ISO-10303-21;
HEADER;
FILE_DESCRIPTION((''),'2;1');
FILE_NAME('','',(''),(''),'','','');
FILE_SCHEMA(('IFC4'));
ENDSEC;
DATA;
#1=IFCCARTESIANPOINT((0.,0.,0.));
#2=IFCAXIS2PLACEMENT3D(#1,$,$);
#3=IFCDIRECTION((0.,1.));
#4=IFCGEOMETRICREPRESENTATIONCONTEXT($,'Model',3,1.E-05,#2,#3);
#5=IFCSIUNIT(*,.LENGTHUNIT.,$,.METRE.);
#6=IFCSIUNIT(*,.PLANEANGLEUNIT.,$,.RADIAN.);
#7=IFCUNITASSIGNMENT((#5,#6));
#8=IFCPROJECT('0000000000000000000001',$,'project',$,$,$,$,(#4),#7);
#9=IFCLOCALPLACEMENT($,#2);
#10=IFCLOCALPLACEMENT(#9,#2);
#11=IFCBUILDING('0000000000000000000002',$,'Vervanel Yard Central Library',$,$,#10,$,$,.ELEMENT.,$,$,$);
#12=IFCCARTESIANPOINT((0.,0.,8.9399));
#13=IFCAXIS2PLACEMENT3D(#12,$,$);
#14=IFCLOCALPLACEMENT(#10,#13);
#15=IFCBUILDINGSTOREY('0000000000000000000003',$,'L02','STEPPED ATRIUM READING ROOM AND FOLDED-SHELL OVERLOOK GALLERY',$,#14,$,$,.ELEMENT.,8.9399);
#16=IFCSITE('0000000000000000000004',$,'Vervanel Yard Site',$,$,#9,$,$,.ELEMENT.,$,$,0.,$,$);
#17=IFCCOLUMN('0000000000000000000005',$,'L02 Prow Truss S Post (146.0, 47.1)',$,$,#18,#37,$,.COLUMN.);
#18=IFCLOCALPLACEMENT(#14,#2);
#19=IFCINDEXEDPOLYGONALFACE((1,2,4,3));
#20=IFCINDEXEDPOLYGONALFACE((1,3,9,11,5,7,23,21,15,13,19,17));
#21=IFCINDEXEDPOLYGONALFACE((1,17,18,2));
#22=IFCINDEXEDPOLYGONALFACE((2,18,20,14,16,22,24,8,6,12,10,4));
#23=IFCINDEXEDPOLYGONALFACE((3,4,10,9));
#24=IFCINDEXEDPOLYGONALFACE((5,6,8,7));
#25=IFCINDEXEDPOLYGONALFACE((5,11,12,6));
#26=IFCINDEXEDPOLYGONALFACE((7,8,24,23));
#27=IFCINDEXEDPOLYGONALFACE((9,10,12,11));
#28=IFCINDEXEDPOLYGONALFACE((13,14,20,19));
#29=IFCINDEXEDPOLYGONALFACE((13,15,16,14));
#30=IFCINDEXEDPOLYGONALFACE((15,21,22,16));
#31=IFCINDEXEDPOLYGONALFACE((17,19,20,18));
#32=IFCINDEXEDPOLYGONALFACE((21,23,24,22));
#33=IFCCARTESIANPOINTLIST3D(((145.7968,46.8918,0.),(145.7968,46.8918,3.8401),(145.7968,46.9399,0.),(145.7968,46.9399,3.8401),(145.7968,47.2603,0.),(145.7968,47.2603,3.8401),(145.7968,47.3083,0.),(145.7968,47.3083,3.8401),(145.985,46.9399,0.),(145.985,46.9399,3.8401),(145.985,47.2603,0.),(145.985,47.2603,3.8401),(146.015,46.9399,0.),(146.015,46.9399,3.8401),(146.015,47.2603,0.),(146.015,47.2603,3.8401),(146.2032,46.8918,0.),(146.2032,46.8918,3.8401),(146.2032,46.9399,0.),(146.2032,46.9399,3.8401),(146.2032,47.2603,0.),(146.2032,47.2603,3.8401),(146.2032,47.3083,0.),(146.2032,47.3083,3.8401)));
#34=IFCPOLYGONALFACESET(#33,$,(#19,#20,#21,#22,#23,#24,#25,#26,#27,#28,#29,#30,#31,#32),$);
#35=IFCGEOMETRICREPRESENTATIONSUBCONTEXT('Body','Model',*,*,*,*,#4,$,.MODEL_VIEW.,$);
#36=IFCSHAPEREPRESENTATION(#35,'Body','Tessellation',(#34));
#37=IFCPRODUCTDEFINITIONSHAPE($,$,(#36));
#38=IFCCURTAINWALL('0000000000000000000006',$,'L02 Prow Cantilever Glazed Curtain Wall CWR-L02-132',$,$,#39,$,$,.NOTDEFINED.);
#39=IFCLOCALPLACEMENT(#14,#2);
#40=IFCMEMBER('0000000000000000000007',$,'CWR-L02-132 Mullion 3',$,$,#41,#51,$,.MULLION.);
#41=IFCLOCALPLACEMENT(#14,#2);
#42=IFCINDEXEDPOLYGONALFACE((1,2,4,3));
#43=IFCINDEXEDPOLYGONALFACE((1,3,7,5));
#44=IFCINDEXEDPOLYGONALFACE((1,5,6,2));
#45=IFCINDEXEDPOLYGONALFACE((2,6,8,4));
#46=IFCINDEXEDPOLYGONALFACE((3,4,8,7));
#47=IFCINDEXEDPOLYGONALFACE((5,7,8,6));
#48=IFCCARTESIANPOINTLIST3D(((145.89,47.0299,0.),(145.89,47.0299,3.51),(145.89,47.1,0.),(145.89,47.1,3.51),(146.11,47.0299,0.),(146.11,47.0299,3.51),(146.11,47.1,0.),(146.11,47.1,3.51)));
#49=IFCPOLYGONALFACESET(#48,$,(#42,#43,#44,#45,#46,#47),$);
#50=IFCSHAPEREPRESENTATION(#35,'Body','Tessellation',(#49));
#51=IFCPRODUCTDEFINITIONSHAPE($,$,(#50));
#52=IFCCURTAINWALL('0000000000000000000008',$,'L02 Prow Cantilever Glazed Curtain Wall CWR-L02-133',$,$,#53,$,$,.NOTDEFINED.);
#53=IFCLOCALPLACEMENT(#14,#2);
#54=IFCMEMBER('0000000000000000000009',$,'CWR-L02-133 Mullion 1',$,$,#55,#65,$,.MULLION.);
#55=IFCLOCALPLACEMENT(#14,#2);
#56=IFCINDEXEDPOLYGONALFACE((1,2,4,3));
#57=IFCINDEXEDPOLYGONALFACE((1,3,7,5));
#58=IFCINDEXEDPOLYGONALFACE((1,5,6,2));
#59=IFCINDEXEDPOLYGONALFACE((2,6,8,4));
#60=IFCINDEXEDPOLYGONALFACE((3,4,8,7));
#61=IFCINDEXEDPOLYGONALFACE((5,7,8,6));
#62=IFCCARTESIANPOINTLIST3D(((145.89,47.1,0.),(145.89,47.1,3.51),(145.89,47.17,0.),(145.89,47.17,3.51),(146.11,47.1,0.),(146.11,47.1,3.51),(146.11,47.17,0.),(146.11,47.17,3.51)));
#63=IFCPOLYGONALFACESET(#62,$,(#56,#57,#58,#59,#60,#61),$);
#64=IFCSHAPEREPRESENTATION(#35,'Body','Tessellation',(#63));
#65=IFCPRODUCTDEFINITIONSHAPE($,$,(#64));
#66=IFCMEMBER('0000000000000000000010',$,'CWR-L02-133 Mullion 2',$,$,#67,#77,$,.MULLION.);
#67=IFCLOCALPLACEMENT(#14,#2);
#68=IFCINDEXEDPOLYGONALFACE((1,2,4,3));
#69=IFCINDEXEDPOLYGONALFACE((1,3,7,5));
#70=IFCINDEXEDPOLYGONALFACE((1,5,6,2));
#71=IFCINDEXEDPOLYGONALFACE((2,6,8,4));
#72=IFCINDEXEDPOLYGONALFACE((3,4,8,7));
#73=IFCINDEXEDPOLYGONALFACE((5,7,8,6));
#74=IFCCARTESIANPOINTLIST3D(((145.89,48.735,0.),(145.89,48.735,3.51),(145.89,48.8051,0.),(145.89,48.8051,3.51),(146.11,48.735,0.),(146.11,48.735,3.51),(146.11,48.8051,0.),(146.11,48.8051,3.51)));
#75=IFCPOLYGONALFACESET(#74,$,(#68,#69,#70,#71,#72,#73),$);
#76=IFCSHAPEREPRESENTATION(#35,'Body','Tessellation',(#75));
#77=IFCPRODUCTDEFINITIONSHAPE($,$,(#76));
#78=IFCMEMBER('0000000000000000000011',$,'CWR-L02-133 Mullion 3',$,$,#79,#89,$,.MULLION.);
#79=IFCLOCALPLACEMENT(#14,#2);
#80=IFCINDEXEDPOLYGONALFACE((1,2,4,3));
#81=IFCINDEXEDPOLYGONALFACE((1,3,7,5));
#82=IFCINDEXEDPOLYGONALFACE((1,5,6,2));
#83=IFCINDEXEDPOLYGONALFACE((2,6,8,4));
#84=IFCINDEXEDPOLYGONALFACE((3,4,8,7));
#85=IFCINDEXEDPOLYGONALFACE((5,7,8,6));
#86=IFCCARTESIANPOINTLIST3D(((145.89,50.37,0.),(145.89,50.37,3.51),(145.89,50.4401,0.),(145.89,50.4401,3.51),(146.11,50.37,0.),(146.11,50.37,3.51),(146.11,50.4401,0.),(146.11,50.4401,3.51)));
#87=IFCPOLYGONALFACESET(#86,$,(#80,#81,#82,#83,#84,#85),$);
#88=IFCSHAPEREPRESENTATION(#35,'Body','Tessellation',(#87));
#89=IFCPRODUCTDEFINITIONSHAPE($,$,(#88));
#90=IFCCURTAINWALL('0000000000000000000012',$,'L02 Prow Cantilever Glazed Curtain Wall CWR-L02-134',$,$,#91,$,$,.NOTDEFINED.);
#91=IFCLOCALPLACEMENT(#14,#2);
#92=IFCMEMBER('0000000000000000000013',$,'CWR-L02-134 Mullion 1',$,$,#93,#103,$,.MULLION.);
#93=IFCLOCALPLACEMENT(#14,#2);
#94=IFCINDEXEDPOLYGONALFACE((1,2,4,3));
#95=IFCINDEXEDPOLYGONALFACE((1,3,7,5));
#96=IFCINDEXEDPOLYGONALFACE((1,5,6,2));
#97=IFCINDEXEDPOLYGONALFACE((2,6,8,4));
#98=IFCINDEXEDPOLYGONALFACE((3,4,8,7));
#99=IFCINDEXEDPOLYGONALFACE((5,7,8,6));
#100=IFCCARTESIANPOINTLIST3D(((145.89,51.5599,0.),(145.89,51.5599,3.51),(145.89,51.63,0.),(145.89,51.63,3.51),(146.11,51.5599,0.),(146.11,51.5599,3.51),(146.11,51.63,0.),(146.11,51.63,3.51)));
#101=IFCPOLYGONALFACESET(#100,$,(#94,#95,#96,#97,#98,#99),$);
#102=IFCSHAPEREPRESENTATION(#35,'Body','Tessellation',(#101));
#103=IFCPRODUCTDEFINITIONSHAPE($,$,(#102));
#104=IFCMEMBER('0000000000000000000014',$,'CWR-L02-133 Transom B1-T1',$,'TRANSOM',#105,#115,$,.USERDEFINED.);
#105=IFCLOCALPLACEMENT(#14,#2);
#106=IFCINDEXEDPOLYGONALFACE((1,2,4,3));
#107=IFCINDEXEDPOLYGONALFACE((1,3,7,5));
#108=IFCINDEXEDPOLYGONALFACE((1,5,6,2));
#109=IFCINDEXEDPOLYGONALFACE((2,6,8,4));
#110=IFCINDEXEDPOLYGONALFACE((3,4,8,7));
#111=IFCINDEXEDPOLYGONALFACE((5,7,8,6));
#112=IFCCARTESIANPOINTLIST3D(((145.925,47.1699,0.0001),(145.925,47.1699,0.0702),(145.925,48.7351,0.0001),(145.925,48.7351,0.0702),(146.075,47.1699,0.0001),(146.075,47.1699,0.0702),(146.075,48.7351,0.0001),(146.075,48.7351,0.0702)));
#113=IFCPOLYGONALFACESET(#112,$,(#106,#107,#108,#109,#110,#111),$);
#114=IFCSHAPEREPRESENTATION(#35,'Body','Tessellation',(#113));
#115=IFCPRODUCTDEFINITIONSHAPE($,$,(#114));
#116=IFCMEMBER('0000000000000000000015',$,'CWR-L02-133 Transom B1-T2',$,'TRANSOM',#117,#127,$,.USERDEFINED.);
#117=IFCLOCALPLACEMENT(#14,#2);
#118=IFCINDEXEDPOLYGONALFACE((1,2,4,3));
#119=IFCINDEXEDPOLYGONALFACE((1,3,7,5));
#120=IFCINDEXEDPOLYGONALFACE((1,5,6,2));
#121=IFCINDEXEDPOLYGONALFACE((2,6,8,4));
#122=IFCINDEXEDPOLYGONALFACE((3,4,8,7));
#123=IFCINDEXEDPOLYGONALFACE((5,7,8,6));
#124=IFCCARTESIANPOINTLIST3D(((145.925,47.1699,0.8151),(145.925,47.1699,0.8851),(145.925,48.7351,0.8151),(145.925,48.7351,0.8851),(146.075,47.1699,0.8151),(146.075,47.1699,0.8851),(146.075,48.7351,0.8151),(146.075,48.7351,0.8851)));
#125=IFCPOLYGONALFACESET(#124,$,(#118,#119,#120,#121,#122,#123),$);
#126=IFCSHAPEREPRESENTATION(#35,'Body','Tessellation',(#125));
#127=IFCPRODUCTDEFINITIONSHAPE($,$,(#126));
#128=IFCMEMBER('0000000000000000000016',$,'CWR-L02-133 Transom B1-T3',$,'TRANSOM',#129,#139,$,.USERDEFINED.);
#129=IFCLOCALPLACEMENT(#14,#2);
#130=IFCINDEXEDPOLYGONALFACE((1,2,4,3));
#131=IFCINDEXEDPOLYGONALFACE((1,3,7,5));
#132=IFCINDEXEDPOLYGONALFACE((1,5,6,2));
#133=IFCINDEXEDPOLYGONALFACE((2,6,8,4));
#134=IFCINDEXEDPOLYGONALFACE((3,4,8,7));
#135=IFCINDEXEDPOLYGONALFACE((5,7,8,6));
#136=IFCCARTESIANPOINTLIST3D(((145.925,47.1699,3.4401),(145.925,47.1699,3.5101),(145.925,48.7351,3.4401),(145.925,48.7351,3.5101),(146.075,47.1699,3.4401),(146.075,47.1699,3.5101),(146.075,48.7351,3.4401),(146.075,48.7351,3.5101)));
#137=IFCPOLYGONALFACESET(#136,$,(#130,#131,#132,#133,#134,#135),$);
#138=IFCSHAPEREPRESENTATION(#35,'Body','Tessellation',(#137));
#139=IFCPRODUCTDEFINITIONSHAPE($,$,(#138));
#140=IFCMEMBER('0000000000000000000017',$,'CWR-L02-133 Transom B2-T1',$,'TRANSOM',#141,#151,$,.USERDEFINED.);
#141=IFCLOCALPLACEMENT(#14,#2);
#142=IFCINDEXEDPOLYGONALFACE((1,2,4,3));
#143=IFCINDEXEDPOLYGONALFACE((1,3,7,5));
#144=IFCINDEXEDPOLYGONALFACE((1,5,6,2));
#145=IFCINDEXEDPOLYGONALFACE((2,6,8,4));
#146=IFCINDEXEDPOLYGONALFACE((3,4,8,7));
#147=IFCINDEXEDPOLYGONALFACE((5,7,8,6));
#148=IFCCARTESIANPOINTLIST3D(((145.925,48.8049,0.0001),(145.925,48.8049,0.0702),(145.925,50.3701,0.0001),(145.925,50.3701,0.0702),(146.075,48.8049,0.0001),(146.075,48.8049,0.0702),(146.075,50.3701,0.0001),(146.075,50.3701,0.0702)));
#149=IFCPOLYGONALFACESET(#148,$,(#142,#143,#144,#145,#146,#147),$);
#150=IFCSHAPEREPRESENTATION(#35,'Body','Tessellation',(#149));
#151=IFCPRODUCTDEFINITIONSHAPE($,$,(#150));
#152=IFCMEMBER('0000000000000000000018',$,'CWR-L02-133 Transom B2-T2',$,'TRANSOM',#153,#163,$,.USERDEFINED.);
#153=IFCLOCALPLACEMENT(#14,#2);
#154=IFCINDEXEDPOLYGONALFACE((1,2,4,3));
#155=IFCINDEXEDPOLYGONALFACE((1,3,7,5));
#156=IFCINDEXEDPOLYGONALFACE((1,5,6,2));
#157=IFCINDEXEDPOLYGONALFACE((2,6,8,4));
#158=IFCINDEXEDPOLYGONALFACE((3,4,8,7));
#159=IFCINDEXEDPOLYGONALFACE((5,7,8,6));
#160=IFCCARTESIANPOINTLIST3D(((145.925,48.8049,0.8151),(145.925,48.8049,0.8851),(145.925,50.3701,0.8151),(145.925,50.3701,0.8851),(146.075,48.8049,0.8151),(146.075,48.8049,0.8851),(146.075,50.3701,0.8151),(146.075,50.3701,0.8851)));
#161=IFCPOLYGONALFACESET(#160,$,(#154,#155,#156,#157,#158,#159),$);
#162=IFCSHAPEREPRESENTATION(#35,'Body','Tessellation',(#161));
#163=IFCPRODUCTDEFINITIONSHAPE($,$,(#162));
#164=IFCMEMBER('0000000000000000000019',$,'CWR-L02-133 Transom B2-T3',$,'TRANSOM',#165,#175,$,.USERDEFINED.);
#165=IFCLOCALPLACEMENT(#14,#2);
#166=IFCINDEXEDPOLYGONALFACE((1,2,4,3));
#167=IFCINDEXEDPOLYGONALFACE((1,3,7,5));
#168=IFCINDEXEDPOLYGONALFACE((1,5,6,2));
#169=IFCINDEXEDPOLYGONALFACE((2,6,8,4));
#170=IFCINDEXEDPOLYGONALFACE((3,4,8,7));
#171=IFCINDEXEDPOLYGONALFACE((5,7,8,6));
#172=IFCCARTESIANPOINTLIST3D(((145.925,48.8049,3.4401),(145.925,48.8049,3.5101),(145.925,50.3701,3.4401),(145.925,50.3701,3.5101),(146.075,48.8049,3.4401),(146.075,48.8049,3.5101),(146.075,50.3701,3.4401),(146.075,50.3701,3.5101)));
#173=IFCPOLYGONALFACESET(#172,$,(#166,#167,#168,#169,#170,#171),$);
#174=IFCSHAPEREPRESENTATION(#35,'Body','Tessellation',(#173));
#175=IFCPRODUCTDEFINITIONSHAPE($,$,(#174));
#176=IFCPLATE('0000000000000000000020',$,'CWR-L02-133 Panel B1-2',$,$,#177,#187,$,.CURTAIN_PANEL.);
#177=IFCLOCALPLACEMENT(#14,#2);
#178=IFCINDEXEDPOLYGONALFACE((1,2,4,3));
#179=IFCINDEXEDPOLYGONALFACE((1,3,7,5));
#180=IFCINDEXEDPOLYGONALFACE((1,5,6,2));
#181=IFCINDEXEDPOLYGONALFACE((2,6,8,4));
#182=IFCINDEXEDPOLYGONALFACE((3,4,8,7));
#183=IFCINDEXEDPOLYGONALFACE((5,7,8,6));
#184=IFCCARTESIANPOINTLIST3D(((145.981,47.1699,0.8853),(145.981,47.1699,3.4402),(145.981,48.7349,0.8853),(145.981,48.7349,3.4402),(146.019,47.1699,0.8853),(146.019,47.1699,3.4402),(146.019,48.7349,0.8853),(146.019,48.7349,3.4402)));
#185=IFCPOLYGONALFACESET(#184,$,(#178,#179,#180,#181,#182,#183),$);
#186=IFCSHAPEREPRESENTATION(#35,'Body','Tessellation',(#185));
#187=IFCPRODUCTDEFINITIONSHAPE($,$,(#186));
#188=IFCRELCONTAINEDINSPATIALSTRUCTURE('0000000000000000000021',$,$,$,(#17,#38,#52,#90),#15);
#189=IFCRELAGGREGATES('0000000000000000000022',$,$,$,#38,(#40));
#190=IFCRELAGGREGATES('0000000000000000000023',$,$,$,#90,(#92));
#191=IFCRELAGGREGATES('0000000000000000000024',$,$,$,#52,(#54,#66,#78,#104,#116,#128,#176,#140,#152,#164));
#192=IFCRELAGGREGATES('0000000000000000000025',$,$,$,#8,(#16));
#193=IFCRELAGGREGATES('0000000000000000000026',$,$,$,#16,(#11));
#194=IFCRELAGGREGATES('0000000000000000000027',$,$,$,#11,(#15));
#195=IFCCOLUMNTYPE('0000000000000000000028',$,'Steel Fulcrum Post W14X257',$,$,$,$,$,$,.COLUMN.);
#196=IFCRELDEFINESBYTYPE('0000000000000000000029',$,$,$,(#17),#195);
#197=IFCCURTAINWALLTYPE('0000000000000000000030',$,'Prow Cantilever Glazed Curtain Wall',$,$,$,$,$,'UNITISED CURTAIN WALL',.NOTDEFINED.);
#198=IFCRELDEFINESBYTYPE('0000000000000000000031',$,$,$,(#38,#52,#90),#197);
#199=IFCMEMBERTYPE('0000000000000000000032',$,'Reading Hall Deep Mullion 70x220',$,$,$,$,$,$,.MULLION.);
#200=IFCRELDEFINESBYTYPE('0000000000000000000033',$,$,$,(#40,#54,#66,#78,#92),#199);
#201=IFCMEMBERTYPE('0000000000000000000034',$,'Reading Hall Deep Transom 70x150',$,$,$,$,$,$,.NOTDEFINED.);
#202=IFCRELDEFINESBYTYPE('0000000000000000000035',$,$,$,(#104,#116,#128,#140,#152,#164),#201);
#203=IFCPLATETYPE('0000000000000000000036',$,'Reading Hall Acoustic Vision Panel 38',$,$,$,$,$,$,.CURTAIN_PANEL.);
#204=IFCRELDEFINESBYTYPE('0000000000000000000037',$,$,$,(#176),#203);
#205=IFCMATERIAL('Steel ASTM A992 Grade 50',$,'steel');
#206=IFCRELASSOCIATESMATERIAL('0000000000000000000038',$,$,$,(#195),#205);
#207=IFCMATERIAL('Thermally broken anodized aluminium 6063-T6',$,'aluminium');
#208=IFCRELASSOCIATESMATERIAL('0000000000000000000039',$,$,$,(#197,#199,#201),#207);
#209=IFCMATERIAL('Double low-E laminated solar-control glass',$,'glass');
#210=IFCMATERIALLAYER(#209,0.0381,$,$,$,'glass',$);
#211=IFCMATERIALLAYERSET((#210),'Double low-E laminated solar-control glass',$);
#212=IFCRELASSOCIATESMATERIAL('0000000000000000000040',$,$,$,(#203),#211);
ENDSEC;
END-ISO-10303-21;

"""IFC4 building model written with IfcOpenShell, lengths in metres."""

from ifc_helpers import new_model, si_unit, direction, frame, origin, origin_2d, place, context, subcontext, project, spatial, rectangle, i_section, extrude, material, layer, layer_set, material_profile, profile_set, type_object, element, aggregate, save


model = new_model("IFC4")

# Units and contexts
model_context = context("Model", 3, precision=1e-05, world=origin(), true_north=direction((0.0, 1.0)))
body_context = subcontext(model_context, "Body", "Model", "MODEL_VIEW")
ifc_project = project(units=[si_unit("LENGTHUNIT", "METRE"), si_unit("PLANEANGLEUNIT", "RADIAN")], contexts=[model_context])

# Site, building, storey
site_placement = place(None, origin())
site = spatial("IfcSite", under=ifc_project, at=site_placement, Name="Vervanel Yard Site", CompositionType="ELEMENT", RefElevation=0.0)
building_placement = place(site_placement, origin())
building = spatial("IfcBuilding", under=site, at=building_placement, Name="Vervanel Yard Central Library", CompositionType="ELEMENT")
storey_placement = place(building_placement, frame((0.0, 0.0, 8.9399)))
storey = spatial("IfcBuildingStorey", under=building, at=storey_placement, Name="L02", Description="STEPPED ATRIUM READING ROOM AND FOLDED-SHELL OVERLOOK GALLERY", CompositionType="ELEMENT", Elevation=8.9399)

# Column
ifc_material_1 = material(Name="Steel ASTM A992 Grade 50", Category="steel")
ifc_material_profile_1 = material_profile(ifc_material_1, i_section(OverallWidth=0.4065, OverallDepth=0.4165, WebThickness=0.03, FlangeThickness=0.0481, at=origin_2d()), Name="W14X257", Category="steel")
ifc_profile_set_1 = profile_set([ifc_material_profile_1], Name="Steel ASTM A992 Grade 50")
column_type = type_object("IfcColumnType", Name="Steel Fulcrum Post W14X257", PredefinedType="COLUMN", material=ifc_profile_set_1)
column_placement = place(storey_placement, frame((146.0, 47.1001, 0.0), z_axis=(0.0, 0.0, 1.0), x_axis=(1.0, 0.0, 0.0)))
element("IfcColumn", 1, at=column_placement, inside=storey, type_object=column_type, Name="L02 Prow Truss S Post (146.0, 47.1)", PredefinedType="COLUMN", context=body_context, shape_type="SweptSolid", body=[
    extrude(i_section(OverallWidth=0.4065, OverallDepth=0.4165, WebThickness=0.03, FlangeThickness=0.0481, at=origin_2d()), origin(), (0.0, 0.0, 1.0), 3.8401),
])

# Curtain wall, member
ifc_material_2 = material(Name="Thermally broken anodized aluminium 6063-T6", Category="aluminium")
curtain_wall_type = type_object("IfcCurtainWallType", Name="Prow Cantilever Glazed Curtain Wall", ElementType="UNITISED CURTAIN WALL", PredefinedType="NOTDEFINED", material=ifc_material_2)
curtain_wall_1_placement = place(storey_placement, origin())
curtain_wall_1 = element("IfcCurtainWall", 2, at=curtain_wall_1_placement, inside=storey, type_object=curtain_wall_type, Name="L02 Prow Cantilever Glazed Curtain Wall CWR-L02-132", PredefinedType="NOTDEFINED")
ifc_material_profile_2 = material_profile(ifc_material_2, rectangle(XDim=0.0701, YDim=0.22, at=origin_2d()), Name="ALU 70x220", Category="aluminium")
ifc_profile_set_2 = profile_set([ifc_material_profile_2], Name="Thermally broken anodized aluminium 6063-T6")
member_type_1 = type_object("IfcMemberType", Name="Reading Hall Deep Mullion 70x220", PredefinedType="MULLION", material=ifc_profile_set_2)
member_1_placement = place(storey_placement, frame((146.0, 47.0649, 0.0), z_axis=(0.0, 0.0, 1.0), x_axis=(0.0, 1.0, 0.0)))
member_1 = element("IfcMember", 3, at=member_1_placement, type_object=member_type_1, Name="CWR-L02-132 Mullion 3", PredefinedType="MULLION", context=body_context, shape_type="SweptSolid", body=[
    extrude(rectangle(XDim=0.0701, YDim=0.22, at=origin_2d()), origin(), (0.0, 0.0, 1.0), 3.51),
])
aggregate(curtain_wall_1, [member_1])

# Curtain wall, members
curtain_wall_2_placement = place(storey_placement, origin())
curtain_wall_2 = element("IfcCurtainWall", 4, at=curtain_wall_2_placement, inside=storey, type_object=curtain_wall_type, Name="L02 Prow Cantilever Glazed Curtain Wall CWR-L02-133", PredefinedType="NOTDEFINED")
member_2_placement = place(storey_placement, frame((146.0, 47.135, 0.0), z_axis=(0.0, 0.0, 1.0), x_axis=(0.0, 1.0, 0.0)))
member_2 = element("IfcMember", 5, at=member_2_placement, type_object=member_type_1, Name="CWR-L02-133 Mullion 1", PredefinedType="MULLION", context=body_context, shape_type="SweptSolid", body=[
    extrude(rectangle(XDim=0.0701, YDim=0.22, at=origin_2d()), origin(), (0.0, 0.0, 1.0), 3.51),
])
member_3_placement = place(storey_placement, frame((146.0, 48.77, 0.0), z_axis=(0.0, 0.0, 1.0), x_axis=(0.0, 1.0, 0.0)))
member_3 = element("IfcMember", 6, at=member_3_placement, type_object=member_type_1, Name="CWR-L02-133 Mullion 2", PredefinedType="MULLION", context=body_context, shape_type="SweptSolid", body=[
    extrude(rectangle(XDim=0.0701, YDim=0.22, at=origin_2d()), origin(), (0.0, 0.0, 1.0), 3.51),
])
member_4_placement = place(storey_placement, frame((146.0, 50.405, 0.0), z_axis=(0.0, 0.0, 1.0), x_axis=(0.0, 1.0, 0.0)))
member_4 = element("IfcMember", 7, at=member_4_placement, type_object=member_type_1, Name="CWR-L02-133 Mullion 3", PredefinedType="MULLION", context=body_context, shape_type="SweptSolid", body=[
    extrude(rectangle(XDim=0.0701, YDim=0.22, at=origin_2d()), origin(), (0.0, 0.0, 1.0), 3.51),
])

# Curtain wall, member
curtain_wall_3_placement = place(storey_placement, origin())
curtain_wall_3 = element("IfcCurtainWall", 8, at=curtain_wall_3_placement, inside=storey, type_object=curtain_wall_type, Name="L02 Prow Cantilever Glazed Curtain Wall CWR-L02-134", PredefinedType="NOTDEFINED")
member_5_placement = place(storey_placement, frame((146.0, 51.595, 0.0), z_axis=(0.0, 0.0, 1.0), x_axis=(0.0, 1.0, 0.0)))
member_5 = element("IfcMember", 9, at=member_5_placement, type_object=member_type_1, Name="CWR-L02-134 Mullion 1", PredefinedType="MULLION", context=body_context, shape_type="SweptSolid", body=[
    extrude(rectangle(XDim=0.0701, YDim=0.22, at=origin_2d()), origin(), (0.0, 0.0, 1.0), 3.51),
])
aggregate(curtain_wall_3, [member_5])

# Members
ifc_material_profile_3 = material_profile(ifc_material_2, rectangle(XDim=0.0701, YDim=0.1499, at=origin_2d()), Name="ALU 70x150", Category="aluminium")
ifc_profile_set_3 = profile_set([ifc_material_profile_3], Name="Thermally broken anodized aluminium 6063-T6")
member_type_2 = type_object("IfcMemberType", Name="Reading Hall Deep Transom 70x150", PredefinedType="NOTDEFINED", material=ifc_profile_set_3)
member_6_placement = place(storey_placement, frame((146.0, 47.1699, 0.0352), z_axis=(0.0, 1.0, 0.0), x_axis=(0.0, 0.0, 1.0)))
member_6 = element("IfcMember", 10, at=member_6_placement, type_object=member_type_2, Name="CWR-L02-133 Transom B1-T1", ObjectType="TRANSOM", PredefinedType="USERDEFINED", context=body_context, shape_type="SweptSolid", body=[
    extrude(rectangle(XDim=0.0701, YDim=0.1499, at=origin_2d()), origin(), (0.0, 0.0, 1.0), 1.5652),
])
member_7_placement = place(storey_placement, frame((146.0, 47.1699, 0.8501), z_axis=(0.0, 1.0, 0.0), x_axis=(0.0, 0.0, 1.0)))
member_7 = element("IfcMember", 11, at=member_7_placement, type_object=member_type_2, Name="CWR-L02-133 Transom B1-T2", ObjectType="TRANSOM", PredefinedType="USERDEFINED", context=body_context, shape_type="SweptSolid", body=[
    extrude(rectangle(XDim=0.0701, YDim=0.1499, at=origin_2d()), origin(), (0.0, 0.0, 1.0), 1.5652),
])
member_8_placement = place(storey_placement, frame((146.0, 47.1699, 3.4751), z_axis=(0.0, 1.0, 0.0), x_axis=(0.0, 0.0, 1.0)))
member_8 = element("IfcMember", 12, at=member_8_placement, type_object=member_type_2, Name="CWR-L02-133 Transom B1-T3", ObjectType="TRANSOM", PredefinedType="USERDEFINED", context=body_context, shape_type="SweptSolid", body=[
    extrude(rectangle(XDim=0.0701, YDim=0.1499, at=origin_2d()), origin(), (0.0, 0.0, 1.0), 1.5652),
])
member_9_placement = place(storey_placement, frame((146.0, 48.8049, 0.0352), z_axis=(0.0, 1.0, 0.0), x_axis=(0.0, 0.0, 1.0)))
member_9 = element("IfcMember", 13, at=member_9_placement, type_object=member_type_2, Name="CWR-L02-133 Transom B2-T1", ObjectType="TRANSOM", PredefinedType="USERDEFINED", context=body_context, shape_type="SweptSolid", body=[
    extrude(rectangle(XDim=0.0701, YDim=0.1499, at=origin_2d()), origin(), (0.0, 0.0, 1.0), 1.5652),
])
member_10_placement = place(storey_placement, frame((146.0, 48.8049, 0.8501), z_axis=(0.0, 1.0, 0.0), x_axis=(0.0, 0.0, 1.0)))
member_10 = element("IfcMember", 14, at=member_10_placement, type_object=member_type_2, Name="CWR-L02-133 Transom B2-T2", ObjectType="TRANSOM", PredefinedType="USERDEFINED", context=body_context, shape_type="SweptSolid", body=[
    extrude(rectangle(XDim=0.0701, YDim=0.1499, at=origin_2d()), origin(), (0.0, 0.0, 1.0), 1.5652),
])
member_11_placement = place(storey_placement, frame((146.0, 48.8049, 3.4751), z_axis=(0.0, 1.0, 0.0), x_axis=(0.0, 0.0, 1.0)))
member_11 = element("IfcMember", 15, at=member_11_placement, type_object=member_type_2, Name="CWR-L02-133 Transom B2-T3", ObjectType="TRANSOM", PredefinedType="USERDEFINED", context=body_context, shape_type="SweptSolid", body=[
    extrude(rectangle(XDim=0.0701, YDim=0.1499, at=origin_2d()), origin(), (0.0, 0.0, 1.0), 1.5652),
])

# Plate
ifc_material_3 = material(Name="Double low-E laminated solar-control glass", Category="glass")
ifc_layer_1 = layer(ifc_material_3, 0.0381, Category="glass")
ifc_layer_set_1 = layer_set([ifc_layer_1], Name="Double low-E laminated solar-control glass")
plate_type_1 = type_object("IfcPlateType", Name="Reading Hall Acoustic Vision Panel 38", PredefinedType="CURTAIN_PANEL", material=ifc_layer_set_1)
plate_1_placement = place(storey_placement, frame((146.0, 47.9524, 0.8853), z_axis=(0.0, 0.0, 1.0), x_axis=(0.0, 1.0, 0.0)))
plate_1 = element("IfcPlate", 16, at=plate_1_placement, type_object=plate_type_1, Name="CWR-L02-133 Panel B1-2", PredefinedType="CURTAIN_PANEL", context=body_context, shape_type="SweptSolid", body=[
    extrude(rectangle(XDim=1.5649, YDim=0.0381, at=origin_2d()), origin(), (0.0, 0.0, 1.0), 2.5549),
])
aggregate(curtain_wall_2, [member_2, member_3, member_4, member_6, member_7, member_8, plate_1, member_9, member_10, member_11])

save(model, "model.ifc")
